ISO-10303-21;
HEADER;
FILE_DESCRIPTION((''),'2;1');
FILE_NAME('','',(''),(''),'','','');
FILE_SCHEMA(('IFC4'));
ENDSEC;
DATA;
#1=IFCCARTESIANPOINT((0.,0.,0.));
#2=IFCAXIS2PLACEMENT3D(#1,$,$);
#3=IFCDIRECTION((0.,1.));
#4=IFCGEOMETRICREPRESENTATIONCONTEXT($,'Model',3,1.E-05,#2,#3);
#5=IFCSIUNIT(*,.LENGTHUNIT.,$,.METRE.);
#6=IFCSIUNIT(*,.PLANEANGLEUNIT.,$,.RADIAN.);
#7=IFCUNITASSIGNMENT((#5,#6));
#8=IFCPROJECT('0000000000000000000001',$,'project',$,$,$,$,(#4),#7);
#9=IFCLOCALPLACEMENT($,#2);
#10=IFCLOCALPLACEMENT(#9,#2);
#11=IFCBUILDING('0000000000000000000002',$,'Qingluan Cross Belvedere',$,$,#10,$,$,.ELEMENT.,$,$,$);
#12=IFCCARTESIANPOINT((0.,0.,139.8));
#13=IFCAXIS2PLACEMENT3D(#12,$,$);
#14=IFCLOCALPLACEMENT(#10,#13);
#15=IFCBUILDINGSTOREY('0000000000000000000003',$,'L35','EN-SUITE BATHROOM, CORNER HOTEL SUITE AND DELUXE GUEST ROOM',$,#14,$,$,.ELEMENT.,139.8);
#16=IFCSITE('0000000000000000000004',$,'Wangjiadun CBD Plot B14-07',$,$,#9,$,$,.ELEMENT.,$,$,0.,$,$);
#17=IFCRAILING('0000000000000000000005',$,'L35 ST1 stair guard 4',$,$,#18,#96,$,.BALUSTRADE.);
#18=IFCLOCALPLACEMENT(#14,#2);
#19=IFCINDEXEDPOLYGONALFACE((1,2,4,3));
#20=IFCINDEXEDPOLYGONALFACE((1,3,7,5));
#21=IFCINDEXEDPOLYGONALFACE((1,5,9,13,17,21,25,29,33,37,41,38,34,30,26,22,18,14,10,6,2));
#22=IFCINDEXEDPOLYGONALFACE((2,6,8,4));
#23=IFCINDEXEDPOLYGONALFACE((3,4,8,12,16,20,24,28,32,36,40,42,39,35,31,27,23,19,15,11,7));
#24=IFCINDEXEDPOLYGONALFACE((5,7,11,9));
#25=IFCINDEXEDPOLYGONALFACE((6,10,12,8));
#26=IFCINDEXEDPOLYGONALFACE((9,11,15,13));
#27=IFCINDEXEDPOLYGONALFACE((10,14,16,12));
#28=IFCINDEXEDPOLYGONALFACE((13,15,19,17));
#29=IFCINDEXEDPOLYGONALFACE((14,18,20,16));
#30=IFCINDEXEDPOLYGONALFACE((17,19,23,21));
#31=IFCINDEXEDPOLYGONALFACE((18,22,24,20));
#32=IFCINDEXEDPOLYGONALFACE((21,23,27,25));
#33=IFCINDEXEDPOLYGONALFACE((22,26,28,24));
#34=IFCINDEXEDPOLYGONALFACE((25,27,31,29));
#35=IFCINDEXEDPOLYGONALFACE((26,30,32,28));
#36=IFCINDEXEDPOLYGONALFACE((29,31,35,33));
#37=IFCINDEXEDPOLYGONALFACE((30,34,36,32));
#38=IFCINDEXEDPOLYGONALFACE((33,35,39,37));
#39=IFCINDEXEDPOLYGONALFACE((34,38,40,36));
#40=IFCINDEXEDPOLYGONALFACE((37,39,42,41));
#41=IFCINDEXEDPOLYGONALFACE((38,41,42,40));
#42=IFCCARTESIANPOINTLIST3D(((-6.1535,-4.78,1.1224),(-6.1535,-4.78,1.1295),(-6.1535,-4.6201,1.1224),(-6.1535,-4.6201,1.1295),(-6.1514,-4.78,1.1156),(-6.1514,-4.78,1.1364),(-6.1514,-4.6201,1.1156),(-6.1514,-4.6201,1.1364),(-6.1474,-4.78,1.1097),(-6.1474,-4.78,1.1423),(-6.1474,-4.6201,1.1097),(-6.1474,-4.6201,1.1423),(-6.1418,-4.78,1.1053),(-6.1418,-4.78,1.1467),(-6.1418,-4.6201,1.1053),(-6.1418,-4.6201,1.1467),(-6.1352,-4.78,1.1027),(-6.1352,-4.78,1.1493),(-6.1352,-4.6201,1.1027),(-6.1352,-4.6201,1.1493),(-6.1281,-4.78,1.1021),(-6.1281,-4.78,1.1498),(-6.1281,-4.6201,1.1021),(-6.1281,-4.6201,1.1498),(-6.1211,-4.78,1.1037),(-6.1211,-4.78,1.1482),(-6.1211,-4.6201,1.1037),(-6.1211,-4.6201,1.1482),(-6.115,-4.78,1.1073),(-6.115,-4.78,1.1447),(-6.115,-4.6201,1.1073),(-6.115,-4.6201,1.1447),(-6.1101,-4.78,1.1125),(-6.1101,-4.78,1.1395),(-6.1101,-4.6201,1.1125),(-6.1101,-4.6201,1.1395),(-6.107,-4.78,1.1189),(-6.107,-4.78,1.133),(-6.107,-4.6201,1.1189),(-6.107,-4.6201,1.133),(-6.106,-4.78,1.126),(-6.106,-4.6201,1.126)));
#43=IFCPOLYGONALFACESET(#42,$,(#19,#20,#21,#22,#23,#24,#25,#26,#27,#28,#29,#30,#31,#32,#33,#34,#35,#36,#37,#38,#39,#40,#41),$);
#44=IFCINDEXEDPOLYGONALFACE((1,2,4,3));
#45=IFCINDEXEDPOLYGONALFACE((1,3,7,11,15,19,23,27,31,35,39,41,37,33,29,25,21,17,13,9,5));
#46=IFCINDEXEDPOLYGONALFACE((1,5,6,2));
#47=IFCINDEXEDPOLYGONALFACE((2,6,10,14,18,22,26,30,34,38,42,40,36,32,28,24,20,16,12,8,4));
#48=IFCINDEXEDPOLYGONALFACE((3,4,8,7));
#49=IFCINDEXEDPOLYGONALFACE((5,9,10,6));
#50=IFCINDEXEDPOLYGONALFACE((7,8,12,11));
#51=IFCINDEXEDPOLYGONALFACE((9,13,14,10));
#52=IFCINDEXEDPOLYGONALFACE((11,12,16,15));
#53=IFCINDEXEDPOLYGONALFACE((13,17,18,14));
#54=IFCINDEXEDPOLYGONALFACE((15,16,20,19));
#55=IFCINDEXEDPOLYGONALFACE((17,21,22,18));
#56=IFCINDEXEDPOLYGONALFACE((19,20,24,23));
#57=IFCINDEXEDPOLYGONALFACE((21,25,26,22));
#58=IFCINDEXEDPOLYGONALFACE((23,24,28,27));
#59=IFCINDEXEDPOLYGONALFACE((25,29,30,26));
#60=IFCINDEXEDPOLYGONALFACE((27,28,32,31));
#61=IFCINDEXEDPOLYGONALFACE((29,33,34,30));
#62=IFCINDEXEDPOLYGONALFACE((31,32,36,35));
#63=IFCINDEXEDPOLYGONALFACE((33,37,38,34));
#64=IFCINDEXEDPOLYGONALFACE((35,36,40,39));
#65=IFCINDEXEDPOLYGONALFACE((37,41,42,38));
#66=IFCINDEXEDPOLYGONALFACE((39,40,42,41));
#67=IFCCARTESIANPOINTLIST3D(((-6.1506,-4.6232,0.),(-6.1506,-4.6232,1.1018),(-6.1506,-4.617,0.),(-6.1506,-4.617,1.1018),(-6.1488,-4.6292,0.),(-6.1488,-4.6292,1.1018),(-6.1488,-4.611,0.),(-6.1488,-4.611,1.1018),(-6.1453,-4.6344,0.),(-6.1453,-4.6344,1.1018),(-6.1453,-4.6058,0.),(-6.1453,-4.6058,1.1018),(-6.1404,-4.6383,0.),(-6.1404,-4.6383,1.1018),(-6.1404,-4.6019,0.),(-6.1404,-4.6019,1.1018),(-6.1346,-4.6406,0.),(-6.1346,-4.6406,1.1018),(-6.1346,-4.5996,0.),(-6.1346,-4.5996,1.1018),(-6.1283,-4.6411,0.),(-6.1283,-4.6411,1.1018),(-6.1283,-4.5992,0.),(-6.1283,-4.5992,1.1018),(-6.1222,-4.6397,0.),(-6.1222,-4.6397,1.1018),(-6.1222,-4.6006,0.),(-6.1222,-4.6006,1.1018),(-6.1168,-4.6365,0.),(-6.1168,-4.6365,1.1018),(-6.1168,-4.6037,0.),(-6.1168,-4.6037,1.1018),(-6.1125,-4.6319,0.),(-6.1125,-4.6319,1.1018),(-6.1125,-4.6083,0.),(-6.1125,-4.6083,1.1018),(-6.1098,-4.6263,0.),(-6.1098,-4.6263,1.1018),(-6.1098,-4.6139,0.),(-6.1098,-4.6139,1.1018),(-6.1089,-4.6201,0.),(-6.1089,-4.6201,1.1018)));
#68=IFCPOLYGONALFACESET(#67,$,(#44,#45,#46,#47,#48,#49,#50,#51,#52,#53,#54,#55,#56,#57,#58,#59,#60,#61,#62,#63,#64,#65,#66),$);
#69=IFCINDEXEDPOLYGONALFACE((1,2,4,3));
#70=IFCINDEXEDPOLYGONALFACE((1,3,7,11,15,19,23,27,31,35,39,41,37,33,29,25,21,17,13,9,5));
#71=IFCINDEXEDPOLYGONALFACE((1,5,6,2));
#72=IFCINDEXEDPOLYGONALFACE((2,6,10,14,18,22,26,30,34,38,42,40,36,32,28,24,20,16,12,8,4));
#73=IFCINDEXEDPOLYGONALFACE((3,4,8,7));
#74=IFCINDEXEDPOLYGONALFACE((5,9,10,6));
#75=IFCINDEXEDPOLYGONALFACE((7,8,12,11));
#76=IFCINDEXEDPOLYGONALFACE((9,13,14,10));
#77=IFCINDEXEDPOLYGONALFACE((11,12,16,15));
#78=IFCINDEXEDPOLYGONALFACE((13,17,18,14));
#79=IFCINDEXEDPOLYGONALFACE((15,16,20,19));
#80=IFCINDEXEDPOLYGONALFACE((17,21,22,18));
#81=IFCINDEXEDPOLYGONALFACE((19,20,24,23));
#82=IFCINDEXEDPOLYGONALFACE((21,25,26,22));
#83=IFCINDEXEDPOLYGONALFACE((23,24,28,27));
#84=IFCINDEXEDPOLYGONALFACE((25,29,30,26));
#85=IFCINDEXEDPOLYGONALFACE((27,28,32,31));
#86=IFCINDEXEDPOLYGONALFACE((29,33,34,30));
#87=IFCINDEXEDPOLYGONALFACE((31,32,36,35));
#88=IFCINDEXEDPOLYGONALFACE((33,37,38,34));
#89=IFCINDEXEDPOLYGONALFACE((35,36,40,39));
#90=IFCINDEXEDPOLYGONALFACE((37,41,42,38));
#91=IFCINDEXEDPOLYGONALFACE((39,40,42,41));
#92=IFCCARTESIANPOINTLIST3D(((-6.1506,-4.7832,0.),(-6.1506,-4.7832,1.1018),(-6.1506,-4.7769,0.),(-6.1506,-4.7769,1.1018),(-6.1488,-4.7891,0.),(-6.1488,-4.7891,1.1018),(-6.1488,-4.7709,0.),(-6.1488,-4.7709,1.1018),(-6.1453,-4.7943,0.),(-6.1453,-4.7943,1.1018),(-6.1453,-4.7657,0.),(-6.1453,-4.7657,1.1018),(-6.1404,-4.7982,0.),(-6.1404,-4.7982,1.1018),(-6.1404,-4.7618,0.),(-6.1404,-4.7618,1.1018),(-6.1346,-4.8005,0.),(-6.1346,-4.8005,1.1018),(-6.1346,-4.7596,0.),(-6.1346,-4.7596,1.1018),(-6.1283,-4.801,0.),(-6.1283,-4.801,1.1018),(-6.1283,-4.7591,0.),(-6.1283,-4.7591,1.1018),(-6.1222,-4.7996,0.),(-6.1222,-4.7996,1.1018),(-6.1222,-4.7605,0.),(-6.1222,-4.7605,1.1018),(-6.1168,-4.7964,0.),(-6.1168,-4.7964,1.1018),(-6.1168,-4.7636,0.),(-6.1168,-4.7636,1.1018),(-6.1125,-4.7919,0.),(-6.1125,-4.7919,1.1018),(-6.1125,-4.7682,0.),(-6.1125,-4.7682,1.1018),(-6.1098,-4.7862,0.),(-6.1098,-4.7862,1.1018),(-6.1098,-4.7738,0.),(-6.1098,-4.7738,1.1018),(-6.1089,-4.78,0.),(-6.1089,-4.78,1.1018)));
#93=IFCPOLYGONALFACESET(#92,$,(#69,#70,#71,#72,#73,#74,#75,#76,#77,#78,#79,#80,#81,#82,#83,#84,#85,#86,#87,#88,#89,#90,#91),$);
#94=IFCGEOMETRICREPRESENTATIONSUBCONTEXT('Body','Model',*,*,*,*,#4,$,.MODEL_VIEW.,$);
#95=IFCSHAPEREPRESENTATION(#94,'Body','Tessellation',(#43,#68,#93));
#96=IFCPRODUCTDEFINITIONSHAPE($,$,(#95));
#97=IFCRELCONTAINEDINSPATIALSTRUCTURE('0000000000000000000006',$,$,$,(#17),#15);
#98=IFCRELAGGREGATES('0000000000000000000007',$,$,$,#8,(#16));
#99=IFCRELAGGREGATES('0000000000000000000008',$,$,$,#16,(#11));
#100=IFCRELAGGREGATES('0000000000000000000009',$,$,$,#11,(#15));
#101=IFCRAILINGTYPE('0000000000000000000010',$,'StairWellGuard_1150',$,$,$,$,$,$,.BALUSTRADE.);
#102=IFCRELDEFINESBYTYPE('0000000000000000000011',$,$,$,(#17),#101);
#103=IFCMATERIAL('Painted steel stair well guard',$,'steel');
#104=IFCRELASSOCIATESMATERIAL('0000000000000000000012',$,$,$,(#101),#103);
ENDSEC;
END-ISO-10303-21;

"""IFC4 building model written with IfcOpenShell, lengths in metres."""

from ifc_helpers import new_model, si_unit, direction, frame, origin, origin_2d, place, context, subcontext, project, spatial, circle, extrude, material, type_object, element, save


model = new_model("IFC4")

# Units and contexts
model_context = context("Model", 3, precision=1e-05, world=origin(), true_north=direction((0.0, 1.0)))
body_context = subcontext(model_context, "Body", "Model", "MODEL_VIEW")
ifc_project = project(units=[si_unit("LENGTHUNIT", "METRE"), si_unit("PLANEANGLEUNIT", "RADIAN")], contexts=[model_context])

# Site, building, storey
site_placement = place(None, origin())
site = spatial("IfcSite", under=ifc_project, at=site_placement, Name="Wangjiadun CBD Plot B14-07", CompositionType="ELEMENT", RefElevation=0.0)
building_placement = place(site_placement, origin())
building = spatial("IfcBuilding", under=site, at=building_placement, Name="Qingluan Cross Belvedere", CompositionType="ELEMENT")
storey_placement = place(building_placement, frame((0.0, 0.0, 139.8)))
storey = spatial("IfcBuildingStorey", under=building, at=storey_placement, Name="L35", Description="EN-SUITE BATHROOM, CORNER HOTEL SUITE AND DELUXE GUEST ROOM", CompositionType="ELEMENT", Elevation=139.8)

# Railing
ifc_material_1 = material(Name="Painted steel stair well guard", Category="steel")
railing_type_1 = type_object("IfcRailingType", Name="StairWellGuard_1150", PredefinedType="BALUSTRADE", material=ifc_material_1)
railing_1_placement = place(storey_placement, frame((-6.1299, -4.6201, 0.0)))
element("IfcRailing", 1, at=railing_1_placement, inside=storey, type_object=railing_type_1, Name="L35 ST1 stair guard 4", PredefinedType="BALUSTRADE", context=body_context, shape_type="SweptSolid", body=[
    extrude(circle(Radius=0.0239, at=origin_2d()), frame((0.0, 0.0, 1.126), z_axis=(0.0, -1.0, 0.0), x_axis=(1.0, 0.0, 0.0)), (0.0, 0.0, 1.0), 0.1599),
    extrude(circle(Radius=0.021, at=origin_2d()), origin(), (0.0, 0.0, 1.0), 1.1018),
    extrude(circle(Radius=0.021, at=origin_2d()), frame((0.0, -0.1599, 0.0)), (0.0, 0.0, 1.0), 1.1018),
])

save(model, "model.ifc")
